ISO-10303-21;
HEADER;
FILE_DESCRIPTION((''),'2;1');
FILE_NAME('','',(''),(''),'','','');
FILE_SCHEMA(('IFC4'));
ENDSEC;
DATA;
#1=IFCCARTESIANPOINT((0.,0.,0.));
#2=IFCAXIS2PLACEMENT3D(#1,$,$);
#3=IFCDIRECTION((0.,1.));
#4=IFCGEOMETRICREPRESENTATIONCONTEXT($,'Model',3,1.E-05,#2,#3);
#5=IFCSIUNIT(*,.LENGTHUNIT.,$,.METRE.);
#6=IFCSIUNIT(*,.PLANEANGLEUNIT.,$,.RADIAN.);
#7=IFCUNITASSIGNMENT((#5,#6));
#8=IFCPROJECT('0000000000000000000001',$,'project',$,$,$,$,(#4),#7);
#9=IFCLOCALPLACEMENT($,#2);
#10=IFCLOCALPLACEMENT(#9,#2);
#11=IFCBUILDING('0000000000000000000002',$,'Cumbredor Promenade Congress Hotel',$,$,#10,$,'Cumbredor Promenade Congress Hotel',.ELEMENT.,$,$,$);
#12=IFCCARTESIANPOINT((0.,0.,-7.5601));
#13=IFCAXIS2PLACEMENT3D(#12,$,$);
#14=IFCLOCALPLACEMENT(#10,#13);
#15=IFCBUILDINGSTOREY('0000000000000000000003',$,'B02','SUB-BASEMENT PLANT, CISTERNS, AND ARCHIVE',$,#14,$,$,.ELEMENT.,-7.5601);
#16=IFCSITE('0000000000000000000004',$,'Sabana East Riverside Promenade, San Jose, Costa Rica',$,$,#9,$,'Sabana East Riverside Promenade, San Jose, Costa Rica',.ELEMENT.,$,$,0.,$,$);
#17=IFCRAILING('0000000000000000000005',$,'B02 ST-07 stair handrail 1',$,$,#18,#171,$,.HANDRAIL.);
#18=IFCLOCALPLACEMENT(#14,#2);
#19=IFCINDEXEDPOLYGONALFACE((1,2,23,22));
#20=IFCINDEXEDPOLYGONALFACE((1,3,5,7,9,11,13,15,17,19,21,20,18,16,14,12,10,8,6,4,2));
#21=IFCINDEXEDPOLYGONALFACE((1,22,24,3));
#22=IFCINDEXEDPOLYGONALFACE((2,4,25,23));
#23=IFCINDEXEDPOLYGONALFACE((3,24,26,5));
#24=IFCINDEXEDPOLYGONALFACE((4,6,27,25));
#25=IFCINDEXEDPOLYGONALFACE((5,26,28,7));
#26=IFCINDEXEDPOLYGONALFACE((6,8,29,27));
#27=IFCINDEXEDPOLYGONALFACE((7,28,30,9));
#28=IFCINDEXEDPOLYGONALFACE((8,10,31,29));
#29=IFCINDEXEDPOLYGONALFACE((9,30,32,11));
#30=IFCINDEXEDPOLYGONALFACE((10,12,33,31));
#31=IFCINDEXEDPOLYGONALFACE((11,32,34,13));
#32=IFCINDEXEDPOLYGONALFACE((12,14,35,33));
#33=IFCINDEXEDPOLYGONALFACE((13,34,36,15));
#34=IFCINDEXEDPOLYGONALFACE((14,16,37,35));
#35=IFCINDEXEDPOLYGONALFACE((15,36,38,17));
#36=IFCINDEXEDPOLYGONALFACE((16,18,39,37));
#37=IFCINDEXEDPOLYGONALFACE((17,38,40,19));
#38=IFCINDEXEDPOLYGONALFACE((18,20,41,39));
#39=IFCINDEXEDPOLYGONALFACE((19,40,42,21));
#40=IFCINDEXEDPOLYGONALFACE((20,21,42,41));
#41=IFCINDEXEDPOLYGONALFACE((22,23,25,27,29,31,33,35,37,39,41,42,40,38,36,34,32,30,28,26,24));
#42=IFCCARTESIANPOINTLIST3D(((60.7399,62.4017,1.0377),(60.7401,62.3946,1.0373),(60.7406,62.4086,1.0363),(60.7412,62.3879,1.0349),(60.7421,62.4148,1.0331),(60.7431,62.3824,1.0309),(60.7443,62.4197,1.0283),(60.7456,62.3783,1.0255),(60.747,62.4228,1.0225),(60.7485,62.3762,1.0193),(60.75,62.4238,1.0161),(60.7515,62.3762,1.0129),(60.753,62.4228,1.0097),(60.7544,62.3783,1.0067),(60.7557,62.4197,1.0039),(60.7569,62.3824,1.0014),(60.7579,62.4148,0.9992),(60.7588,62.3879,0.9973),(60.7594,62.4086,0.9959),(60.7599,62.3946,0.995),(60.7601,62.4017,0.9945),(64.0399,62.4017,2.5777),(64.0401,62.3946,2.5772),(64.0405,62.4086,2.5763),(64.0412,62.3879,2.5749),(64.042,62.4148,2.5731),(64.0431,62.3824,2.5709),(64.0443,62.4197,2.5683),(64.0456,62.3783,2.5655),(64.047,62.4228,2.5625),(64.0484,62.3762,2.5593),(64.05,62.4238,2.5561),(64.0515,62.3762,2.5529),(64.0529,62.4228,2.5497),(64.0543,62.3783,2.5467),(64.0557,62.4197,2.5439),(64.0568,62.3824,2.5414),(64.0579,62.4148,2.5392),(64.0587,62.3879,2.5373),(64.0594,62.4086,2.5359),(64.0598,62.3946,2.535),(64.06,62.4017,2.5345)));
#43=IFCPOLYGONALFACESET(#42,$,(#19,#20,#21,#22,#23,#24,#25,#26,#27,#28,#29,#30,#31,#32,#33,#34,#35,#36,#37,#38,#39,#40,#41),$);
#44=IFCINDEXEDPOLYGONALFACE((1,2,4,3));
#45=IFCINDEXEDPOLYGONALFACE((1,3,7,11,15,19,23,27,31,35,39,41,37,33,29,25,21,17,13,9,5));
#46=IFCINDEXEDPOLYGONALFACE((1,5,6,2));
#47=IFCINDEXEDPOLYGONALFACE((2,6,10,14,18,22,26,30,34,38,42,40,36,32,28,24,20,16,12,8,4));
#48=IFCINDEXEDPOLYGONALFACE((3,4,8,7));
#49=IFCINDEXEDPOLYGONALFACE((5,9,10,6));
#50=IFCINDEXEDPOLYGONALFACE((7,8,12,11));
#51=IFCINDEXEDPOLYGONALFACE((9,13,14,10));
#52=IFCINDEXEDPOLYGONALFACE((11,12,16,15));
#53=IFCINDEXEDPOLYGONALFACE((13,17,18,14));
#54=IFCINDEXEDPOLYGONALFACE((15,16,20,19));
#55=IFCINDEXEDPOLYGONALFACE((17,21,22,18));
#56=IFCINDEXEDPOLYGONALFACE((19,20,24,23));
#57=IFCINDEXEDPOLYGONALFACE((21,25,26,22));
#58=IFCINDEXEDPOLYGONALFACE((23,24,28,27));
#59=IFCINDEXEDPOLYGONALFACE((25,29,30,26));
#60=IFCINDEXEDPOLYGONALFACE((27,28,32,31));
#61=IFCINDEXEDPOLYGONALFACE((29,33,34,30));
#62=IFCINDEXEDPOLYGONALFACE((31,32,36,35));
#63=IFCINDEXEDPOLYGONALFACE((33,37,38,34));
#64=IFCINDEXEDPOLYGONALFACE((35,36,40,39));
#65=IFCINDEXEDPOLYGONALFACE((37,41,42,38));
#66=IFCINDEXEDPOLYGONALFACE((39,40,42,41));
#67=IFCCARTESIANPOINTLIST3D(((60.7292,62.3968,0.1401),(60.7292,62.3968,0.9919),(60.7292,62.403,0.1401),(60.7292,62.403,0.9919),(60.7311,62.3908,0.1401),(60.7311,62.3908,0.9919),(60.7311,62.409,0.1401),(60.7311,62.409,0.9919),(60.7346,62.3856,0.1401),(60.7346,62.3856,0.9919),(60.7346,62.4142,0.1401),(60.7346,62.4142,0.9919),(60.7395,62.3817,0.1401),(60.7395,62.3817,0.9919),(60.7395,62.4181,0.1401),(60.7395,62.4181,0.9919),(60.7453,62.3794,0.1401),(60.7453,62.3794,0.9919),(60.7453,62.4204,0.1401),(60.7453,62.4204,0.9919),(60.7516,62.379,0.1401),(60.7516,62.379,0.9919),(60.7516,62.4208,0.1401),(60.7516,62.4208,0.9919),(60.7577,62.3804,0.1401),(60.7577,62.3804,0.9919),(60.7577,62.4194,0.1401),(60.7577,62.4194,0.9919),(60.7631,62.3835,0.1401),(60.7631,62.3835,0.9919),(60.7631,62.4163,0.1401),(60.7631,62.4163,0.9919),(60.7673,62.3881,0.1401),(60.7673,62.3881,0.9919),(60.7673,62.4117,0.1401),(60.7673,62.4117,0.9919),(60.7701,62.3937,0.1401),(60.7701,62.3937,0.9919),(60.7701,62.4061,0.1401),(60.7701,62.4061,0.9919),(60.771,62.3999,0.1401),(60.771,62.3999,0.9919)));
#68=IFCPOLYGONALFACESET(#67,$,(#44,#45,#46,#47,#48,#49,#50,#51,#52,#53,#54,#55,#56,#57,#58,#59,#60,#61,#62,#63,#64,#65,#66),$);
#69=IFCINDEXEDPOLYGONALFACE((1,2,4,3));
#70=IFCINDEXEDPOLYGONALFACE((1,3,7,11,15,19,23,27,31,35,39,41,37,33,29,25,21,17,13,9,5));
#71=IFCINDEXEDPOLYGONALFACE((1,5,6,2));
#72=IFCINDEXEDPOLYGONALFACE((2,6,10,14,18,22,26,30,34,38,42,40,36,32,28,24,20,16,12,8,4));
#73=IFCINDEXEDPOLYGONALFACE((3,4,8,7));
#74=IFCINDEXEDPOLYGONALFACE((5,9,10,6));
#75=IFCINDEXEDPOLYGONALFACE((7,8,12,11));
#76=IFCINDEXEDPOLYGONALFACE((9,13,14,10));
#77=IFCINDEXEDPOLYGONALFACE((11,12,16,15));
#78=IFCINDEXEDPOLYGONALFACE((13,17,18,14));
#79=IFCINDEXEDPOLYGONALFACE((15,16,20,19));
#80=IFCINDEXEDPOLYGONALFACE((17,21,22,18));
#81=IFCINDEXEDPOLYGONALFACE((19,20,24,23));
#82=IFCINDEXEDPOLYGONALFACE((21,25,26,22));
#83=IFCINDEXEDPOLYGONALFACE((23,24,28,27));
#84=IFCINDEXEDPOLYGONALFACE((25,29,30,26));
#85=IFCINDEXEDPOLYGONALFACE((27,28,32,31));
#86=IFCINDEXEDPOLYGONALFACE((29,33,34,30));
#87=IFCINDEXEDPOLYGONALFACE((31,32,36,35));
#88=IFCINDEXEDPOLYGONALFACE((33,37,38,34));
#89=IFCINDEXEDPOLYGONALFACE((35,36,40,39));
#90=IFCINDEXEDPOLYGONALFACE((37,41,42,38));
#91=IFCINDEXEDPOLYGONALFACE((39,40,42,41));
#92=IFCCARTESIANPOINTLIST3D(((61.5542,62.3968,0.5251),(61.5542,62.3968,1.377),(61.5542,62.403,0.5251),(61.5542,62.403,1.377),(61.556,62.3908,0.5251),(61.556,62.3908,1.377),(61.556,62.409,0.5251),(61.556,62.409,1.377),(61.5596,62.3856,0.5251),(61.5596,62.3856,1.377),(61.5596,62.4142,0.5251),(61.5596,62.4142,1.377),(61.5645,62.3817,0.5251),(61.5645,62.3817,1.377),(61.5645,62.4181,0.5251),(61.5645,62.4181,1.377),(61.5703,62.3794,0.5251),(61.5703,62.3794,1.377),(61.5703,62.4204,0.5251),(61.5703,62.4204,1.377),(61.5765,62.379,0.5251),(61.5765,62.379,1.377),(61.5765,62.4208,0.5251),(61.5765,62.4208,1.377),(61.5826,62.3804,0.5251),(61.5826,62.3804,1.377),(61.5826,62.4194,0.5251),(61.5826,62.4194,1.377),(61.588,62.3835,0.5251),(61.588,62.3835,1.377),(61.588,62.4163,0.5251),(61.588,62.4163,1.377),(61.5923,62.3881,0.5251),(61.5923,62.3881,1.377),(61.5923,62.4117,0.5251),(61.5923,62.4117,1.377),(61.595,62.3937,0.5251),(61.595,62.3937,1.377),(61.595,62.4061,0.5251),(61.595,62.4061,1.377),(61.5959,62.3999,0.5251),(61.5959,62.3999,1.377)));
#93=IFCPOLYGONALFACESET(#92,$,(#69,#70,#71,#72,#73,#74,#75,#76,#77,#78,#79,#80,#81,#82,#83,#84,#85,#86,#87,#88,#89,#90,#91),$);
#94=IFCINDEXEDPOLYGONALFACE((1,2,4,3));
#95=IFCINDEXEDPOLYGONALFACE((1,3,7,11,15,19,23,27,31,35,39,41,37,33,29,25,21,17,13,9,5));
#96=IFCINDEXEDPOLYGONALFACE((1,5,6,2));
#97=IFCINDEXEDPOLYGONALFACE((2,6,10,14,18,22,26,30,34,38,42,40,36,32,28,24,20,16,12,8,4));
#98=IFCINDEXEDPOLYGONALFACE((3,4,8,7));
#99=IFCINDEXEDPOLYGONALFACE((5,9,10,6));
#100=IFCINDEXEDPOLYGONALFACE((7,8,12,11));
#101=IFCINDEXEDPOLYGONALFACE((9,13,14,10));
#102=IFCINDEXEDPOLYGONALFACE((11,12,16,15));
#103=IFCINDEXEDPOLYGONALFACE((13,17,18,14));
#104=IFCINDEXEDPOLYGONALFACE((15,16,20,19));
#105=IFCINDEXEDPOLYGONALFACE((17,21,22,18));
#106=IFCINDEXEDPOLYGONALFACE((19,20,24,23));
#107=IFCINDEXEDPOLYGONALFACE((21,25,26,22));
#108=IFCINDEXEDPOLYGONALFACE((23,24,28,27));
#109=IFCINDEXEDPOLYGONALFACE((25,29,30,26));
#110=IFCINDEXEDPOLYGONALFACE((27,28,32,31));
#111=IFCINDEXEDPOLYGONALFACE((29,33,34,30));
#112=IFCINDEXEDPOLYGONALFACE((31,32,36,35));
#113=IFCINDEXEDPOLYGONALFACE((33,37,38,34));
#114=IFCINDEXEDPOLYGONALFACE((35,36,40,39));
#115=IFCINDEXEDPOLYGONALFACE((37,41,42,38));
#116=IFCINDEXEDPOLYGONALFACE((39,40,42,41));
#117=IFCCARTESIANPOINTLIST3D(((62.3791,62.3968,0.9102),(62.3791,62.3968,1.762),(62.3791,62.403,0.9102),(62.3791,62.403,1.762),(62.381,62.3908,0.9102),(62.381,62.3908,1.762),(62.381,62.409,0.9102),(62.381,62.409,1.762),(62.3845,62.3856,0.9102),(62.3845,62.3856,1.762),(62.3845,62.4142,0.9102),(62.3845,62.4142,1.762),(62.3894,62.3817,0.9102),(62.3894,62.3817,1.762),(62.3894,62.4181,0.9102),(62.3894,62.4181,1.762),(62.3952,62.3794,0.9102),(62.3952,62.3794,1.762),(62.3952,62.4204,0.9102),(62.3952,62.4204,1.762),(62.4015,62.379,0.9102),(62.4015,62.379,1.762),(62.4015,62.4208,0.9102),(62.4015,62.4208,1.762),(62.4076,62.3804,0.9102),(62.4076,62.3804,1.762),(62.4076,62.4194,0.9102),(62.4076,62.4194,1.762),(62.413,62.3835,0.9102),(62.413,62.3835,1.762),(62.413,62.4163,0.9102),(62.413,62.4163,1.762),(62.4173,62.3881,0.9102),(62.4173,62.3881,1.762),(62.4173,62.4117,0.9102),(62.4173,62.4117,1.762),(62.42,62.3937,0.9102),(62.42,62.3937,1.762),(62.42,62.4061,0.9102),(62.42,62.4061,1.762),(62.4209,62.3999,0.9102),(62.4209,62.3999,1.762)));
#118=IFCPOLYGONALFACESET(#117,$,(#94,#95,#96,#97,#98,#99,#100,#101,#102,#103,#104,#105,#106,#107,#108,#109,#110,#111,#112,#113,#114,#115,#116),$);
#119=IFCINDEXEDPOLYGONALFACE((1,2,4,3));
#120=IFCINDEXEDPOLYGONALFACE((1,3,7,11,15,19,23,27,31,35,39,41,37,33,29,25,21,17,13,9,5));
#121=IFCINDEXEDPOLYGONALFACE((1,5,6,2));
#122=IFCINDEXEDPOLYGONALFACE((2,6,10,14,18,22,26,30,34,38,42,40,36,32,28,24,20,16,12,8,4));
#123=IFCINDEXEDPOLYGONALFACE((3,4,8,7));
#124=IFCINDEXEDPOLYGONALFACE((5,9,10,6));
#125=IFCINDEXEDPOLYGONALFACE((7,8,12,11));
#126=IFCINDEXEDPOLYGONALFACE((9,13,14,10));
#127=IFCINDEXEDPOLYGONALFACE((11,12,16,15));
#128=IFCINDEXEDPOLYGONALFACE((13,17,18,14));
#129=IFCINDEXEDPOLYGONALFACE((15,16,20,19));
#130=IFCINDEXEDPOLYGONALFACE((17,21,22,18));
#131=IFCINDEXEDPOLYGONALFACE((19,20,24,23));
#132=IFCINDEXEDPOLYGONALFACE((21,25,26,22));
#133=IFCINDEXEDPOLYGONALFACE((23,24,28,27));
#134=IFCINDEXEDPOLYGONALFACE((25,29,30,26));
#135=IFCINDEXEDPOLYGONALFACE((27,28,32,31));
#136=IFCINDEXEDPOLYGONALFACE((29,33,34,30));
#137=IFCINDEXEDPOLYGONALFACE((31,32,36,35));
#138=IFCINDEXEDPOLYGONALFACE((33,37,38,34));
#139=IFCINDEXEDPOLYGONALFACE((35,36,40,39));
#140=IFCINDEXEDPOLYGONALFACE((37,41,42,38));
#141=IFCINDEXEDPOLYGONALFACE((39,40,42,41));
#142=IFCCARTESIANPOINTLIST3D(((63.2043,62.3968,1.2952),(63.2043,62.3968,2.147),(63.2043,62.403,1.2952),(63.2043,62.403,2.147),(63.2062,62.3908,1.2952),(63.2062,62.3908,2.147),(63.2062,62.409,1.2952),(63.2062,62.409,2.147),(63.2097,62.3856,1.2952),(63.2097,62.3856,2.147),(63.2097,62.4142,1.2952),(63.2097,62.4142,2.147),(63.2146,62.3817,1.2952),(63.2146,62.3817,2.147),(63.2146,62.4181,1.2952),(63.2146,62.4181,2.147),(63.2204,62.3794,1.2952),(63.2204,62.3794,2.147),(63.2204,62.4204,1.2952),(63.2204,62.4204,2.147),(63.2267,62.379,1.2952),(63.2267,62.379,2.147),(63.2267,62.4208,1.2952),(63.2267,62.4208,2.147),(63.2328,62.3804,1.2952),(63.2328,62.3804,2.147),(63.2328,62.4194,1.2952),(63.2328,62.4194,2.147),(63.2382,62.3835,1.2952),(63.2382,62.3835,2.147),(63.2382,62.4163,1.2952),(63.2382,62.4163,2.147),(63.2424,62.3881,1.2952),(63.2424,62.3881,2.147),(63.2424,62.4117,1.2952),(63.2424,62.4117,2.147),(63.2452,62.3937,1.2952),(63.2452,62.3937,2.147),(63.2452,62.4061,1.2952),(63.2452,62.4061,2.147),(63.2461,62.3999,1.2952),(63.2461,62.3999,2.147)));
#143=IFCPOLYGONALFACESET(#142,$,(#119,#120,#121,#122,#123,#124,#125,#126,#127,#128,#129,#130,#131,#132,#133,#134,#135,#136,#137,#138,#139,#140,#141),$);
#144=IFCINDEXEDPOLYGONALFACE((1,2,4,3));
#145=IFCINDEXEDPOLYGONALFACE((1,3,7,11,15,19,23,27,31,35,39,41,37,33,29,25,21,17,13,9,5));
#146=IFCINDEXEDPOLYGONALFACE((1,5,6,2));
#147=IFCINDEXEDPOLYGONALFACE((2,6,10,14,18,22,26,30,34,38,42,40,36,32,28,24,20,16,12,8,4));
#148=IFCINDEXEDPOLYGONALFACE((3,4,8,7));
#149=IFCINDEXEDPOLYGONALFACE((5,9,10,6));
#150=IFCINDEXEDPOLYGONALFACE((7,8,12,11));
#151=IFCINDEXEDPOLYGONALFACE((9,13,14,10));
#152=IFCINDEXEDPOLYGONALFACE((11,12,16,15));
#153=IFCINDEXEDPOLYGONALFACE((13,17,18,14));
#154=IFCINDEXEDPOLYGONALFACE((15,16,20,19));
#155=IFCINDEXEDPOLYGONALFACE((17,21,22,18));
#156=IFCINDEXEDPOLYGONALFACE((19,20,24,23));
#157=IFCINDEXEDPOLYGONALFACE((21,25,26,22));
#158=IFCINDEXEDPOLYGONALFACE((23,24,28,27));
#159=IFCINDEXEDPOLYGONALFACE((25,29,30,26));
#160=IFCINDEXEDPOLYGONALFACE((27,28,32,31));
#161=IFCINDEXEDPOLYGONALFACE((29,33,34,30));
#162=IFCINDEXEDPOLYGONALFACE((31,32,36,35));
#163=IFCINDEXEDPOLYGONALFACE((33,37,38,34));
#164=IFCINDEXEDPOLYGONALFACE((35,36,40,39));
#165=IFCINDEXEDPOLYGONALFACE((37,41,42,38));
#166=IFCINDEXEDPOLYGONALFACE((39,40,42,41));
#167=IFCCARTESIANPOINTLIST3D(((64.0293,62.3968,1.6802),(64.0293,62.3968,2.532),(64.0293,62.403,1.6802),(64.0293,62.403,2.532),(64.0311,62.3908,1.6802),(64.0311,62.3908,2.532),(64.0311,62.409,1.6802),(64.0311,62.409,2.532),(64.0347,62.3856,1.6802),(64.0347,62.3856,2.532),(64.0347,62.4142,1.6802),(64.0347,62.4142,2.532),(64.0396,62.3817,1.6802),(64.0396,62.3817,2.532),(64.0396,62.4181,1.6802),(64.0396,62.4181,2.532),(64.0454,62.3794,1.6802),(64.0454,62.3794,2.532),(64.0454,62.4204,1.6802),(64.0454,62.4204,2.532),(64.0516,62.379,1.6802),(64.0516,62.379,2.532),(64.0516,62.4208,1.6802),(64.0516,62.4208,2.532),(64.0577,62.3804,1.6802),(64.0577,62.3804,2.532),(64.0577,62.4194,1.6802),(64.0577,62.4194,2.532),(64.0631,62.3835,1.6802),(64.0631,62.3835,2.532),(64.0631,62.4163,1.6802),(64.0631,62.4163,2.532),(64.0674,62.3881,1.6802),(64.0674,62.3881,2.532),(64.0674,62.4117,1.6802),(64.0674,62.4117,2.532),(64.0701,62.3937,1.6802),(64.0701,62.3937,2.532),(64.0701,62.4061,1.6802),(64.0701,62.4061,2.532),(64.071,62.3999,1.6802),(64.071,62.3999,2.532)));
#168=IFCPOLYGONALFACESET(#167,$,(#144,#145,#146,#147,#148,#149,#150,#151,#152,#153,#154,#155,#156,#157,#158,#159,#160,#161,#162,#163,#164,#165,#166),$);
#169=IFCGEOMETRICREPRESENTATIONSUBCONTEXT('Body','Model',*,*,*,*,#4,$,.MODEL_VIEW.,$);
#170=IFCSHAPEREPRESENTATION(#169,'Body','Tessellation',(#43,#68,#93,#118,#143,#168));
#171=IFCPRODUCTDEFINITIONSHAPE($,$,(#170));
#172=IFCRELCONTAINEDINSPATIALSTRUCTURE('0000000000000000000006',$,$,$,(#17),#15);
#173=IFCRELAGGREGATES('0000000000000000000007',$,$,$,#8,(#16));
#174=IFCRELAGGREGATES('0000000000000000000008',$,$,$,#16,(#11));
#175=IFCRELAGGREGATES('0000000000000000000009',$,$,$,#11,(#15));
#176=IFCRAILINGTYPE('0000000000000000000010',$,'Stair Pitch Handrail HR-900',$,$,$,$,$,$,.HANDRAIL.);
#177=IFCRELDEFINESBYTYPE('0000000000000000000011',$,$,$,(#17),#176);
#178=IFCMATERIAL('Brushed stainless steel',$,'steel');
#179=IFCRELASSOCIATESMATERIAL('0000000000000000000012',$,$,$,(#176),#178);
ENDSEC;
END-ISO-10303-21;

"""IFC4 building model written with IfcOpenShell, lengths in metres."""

from ifc_helpers import new_model, si_unit, direction, frame, origin, origin_2d, place, context, subcontext, project, spatial, circle, extrude, material, type_object, element, save


model = new_model("IFC4")

# Units and contexts
model_context = context("Model", 3, precision=1e-05, world=origin(), true_north=direction((0.0, 1.0)))
body_context = subcontext(model_context, "Body", "Model", "MODEL_VIEW")
ifc_project = project(units=[si_unit("LENGTHUNIT", "METRE"), si_unit("PLANEANGLEUNIT", "RADIAN")], contexts=[model_context])

# Site, building, storey
site_placement = place(None, origin())
site = spatial("IfcSite", under=ifc_project, at=site_placement, Name="Sabana East Riverside Promenade, San Jose, Costa Rica", LongName="Sabana East Riverside Promenade, San Jose, Costa Rica", CompositionType="ELEMENT", RefElevation=0.0)
building_placement = place(site_placement, origin())
building = spatial("IfcBuilding", under=site, at=building_placement, Name="Cumbredor Promenade Congress Hotel", LongName="Cumbredor Promenade Congress Hotel", CompositionType="ELEMENT")
storey_placement = place(building_placement, frame((0.0, 0.0, -7.5601)))
storey = spatial("IfcBuildingStorey", under=building, at=storey_placement, Name="B02", Description="SUB-BASEMENT PLANT, CISTERNS, AND ARCHIVE", CompositionType="ELEMENT", Elevation=-7.5601)

# Railing
ifc_material_1 = material(Name="Brushed stainless steel", Category="steel")
railing_type_1 = type_object("IfcRailingType", Name="Stair Pitch Handrail HR-900", PredefinedType="HANDRAIL", material=ifc_material_1)
railing_1_placement = place(storey_placement, frame((60.75, 62.3999, 0.1401)))
element("IfcRailing", 1, at=railing_1_placement, inside=storey, type_object=railing_type_1, Name="B02 ST-07 stair handrail 1", PredefinedType="HANDRAIL", context=body_context, shape_type="SweptSolid", body=[
    extrude(circle(Radius=0.0239, at=origin_2d()), frame((0.0, 0.0, 0.876), z_axis=(0.906181, 0.0, 0.422889), x_axis=(0.0, 1.0, 0.0)), (0.0, 0.0, 1.0), 3.6416),
    extrude(circle(Radius=0.021, at=origin_2d()), origin(), (0.0, 0.0, 1.0), 0.8518),
    extrude(circle(Radius=0.021, at=origin_2d()), frame((0.825, 0.0, 0.385)), (0.0, 0.0, 1.0), 0.8518),
    extrude(circle(Radius=0.021, at=origin_2d()), frame((1.6499, 0.0, 0.77)), (0.0, 0.0, 1.0), 0.8518),
    extrude(circle(Radius=0.021, at=origin_2d()), frame((2.4751, 0.0, 1.155)), (0.0, 0.0, 1.0), 0.8518),
    extrude(circle(Radius=0.021, at=origin_2d()), frame((3.3, 0.0, 1.54)), (0.0, 0.0, 1.0), 0.8518),
])

save(model, "model.ifc")
